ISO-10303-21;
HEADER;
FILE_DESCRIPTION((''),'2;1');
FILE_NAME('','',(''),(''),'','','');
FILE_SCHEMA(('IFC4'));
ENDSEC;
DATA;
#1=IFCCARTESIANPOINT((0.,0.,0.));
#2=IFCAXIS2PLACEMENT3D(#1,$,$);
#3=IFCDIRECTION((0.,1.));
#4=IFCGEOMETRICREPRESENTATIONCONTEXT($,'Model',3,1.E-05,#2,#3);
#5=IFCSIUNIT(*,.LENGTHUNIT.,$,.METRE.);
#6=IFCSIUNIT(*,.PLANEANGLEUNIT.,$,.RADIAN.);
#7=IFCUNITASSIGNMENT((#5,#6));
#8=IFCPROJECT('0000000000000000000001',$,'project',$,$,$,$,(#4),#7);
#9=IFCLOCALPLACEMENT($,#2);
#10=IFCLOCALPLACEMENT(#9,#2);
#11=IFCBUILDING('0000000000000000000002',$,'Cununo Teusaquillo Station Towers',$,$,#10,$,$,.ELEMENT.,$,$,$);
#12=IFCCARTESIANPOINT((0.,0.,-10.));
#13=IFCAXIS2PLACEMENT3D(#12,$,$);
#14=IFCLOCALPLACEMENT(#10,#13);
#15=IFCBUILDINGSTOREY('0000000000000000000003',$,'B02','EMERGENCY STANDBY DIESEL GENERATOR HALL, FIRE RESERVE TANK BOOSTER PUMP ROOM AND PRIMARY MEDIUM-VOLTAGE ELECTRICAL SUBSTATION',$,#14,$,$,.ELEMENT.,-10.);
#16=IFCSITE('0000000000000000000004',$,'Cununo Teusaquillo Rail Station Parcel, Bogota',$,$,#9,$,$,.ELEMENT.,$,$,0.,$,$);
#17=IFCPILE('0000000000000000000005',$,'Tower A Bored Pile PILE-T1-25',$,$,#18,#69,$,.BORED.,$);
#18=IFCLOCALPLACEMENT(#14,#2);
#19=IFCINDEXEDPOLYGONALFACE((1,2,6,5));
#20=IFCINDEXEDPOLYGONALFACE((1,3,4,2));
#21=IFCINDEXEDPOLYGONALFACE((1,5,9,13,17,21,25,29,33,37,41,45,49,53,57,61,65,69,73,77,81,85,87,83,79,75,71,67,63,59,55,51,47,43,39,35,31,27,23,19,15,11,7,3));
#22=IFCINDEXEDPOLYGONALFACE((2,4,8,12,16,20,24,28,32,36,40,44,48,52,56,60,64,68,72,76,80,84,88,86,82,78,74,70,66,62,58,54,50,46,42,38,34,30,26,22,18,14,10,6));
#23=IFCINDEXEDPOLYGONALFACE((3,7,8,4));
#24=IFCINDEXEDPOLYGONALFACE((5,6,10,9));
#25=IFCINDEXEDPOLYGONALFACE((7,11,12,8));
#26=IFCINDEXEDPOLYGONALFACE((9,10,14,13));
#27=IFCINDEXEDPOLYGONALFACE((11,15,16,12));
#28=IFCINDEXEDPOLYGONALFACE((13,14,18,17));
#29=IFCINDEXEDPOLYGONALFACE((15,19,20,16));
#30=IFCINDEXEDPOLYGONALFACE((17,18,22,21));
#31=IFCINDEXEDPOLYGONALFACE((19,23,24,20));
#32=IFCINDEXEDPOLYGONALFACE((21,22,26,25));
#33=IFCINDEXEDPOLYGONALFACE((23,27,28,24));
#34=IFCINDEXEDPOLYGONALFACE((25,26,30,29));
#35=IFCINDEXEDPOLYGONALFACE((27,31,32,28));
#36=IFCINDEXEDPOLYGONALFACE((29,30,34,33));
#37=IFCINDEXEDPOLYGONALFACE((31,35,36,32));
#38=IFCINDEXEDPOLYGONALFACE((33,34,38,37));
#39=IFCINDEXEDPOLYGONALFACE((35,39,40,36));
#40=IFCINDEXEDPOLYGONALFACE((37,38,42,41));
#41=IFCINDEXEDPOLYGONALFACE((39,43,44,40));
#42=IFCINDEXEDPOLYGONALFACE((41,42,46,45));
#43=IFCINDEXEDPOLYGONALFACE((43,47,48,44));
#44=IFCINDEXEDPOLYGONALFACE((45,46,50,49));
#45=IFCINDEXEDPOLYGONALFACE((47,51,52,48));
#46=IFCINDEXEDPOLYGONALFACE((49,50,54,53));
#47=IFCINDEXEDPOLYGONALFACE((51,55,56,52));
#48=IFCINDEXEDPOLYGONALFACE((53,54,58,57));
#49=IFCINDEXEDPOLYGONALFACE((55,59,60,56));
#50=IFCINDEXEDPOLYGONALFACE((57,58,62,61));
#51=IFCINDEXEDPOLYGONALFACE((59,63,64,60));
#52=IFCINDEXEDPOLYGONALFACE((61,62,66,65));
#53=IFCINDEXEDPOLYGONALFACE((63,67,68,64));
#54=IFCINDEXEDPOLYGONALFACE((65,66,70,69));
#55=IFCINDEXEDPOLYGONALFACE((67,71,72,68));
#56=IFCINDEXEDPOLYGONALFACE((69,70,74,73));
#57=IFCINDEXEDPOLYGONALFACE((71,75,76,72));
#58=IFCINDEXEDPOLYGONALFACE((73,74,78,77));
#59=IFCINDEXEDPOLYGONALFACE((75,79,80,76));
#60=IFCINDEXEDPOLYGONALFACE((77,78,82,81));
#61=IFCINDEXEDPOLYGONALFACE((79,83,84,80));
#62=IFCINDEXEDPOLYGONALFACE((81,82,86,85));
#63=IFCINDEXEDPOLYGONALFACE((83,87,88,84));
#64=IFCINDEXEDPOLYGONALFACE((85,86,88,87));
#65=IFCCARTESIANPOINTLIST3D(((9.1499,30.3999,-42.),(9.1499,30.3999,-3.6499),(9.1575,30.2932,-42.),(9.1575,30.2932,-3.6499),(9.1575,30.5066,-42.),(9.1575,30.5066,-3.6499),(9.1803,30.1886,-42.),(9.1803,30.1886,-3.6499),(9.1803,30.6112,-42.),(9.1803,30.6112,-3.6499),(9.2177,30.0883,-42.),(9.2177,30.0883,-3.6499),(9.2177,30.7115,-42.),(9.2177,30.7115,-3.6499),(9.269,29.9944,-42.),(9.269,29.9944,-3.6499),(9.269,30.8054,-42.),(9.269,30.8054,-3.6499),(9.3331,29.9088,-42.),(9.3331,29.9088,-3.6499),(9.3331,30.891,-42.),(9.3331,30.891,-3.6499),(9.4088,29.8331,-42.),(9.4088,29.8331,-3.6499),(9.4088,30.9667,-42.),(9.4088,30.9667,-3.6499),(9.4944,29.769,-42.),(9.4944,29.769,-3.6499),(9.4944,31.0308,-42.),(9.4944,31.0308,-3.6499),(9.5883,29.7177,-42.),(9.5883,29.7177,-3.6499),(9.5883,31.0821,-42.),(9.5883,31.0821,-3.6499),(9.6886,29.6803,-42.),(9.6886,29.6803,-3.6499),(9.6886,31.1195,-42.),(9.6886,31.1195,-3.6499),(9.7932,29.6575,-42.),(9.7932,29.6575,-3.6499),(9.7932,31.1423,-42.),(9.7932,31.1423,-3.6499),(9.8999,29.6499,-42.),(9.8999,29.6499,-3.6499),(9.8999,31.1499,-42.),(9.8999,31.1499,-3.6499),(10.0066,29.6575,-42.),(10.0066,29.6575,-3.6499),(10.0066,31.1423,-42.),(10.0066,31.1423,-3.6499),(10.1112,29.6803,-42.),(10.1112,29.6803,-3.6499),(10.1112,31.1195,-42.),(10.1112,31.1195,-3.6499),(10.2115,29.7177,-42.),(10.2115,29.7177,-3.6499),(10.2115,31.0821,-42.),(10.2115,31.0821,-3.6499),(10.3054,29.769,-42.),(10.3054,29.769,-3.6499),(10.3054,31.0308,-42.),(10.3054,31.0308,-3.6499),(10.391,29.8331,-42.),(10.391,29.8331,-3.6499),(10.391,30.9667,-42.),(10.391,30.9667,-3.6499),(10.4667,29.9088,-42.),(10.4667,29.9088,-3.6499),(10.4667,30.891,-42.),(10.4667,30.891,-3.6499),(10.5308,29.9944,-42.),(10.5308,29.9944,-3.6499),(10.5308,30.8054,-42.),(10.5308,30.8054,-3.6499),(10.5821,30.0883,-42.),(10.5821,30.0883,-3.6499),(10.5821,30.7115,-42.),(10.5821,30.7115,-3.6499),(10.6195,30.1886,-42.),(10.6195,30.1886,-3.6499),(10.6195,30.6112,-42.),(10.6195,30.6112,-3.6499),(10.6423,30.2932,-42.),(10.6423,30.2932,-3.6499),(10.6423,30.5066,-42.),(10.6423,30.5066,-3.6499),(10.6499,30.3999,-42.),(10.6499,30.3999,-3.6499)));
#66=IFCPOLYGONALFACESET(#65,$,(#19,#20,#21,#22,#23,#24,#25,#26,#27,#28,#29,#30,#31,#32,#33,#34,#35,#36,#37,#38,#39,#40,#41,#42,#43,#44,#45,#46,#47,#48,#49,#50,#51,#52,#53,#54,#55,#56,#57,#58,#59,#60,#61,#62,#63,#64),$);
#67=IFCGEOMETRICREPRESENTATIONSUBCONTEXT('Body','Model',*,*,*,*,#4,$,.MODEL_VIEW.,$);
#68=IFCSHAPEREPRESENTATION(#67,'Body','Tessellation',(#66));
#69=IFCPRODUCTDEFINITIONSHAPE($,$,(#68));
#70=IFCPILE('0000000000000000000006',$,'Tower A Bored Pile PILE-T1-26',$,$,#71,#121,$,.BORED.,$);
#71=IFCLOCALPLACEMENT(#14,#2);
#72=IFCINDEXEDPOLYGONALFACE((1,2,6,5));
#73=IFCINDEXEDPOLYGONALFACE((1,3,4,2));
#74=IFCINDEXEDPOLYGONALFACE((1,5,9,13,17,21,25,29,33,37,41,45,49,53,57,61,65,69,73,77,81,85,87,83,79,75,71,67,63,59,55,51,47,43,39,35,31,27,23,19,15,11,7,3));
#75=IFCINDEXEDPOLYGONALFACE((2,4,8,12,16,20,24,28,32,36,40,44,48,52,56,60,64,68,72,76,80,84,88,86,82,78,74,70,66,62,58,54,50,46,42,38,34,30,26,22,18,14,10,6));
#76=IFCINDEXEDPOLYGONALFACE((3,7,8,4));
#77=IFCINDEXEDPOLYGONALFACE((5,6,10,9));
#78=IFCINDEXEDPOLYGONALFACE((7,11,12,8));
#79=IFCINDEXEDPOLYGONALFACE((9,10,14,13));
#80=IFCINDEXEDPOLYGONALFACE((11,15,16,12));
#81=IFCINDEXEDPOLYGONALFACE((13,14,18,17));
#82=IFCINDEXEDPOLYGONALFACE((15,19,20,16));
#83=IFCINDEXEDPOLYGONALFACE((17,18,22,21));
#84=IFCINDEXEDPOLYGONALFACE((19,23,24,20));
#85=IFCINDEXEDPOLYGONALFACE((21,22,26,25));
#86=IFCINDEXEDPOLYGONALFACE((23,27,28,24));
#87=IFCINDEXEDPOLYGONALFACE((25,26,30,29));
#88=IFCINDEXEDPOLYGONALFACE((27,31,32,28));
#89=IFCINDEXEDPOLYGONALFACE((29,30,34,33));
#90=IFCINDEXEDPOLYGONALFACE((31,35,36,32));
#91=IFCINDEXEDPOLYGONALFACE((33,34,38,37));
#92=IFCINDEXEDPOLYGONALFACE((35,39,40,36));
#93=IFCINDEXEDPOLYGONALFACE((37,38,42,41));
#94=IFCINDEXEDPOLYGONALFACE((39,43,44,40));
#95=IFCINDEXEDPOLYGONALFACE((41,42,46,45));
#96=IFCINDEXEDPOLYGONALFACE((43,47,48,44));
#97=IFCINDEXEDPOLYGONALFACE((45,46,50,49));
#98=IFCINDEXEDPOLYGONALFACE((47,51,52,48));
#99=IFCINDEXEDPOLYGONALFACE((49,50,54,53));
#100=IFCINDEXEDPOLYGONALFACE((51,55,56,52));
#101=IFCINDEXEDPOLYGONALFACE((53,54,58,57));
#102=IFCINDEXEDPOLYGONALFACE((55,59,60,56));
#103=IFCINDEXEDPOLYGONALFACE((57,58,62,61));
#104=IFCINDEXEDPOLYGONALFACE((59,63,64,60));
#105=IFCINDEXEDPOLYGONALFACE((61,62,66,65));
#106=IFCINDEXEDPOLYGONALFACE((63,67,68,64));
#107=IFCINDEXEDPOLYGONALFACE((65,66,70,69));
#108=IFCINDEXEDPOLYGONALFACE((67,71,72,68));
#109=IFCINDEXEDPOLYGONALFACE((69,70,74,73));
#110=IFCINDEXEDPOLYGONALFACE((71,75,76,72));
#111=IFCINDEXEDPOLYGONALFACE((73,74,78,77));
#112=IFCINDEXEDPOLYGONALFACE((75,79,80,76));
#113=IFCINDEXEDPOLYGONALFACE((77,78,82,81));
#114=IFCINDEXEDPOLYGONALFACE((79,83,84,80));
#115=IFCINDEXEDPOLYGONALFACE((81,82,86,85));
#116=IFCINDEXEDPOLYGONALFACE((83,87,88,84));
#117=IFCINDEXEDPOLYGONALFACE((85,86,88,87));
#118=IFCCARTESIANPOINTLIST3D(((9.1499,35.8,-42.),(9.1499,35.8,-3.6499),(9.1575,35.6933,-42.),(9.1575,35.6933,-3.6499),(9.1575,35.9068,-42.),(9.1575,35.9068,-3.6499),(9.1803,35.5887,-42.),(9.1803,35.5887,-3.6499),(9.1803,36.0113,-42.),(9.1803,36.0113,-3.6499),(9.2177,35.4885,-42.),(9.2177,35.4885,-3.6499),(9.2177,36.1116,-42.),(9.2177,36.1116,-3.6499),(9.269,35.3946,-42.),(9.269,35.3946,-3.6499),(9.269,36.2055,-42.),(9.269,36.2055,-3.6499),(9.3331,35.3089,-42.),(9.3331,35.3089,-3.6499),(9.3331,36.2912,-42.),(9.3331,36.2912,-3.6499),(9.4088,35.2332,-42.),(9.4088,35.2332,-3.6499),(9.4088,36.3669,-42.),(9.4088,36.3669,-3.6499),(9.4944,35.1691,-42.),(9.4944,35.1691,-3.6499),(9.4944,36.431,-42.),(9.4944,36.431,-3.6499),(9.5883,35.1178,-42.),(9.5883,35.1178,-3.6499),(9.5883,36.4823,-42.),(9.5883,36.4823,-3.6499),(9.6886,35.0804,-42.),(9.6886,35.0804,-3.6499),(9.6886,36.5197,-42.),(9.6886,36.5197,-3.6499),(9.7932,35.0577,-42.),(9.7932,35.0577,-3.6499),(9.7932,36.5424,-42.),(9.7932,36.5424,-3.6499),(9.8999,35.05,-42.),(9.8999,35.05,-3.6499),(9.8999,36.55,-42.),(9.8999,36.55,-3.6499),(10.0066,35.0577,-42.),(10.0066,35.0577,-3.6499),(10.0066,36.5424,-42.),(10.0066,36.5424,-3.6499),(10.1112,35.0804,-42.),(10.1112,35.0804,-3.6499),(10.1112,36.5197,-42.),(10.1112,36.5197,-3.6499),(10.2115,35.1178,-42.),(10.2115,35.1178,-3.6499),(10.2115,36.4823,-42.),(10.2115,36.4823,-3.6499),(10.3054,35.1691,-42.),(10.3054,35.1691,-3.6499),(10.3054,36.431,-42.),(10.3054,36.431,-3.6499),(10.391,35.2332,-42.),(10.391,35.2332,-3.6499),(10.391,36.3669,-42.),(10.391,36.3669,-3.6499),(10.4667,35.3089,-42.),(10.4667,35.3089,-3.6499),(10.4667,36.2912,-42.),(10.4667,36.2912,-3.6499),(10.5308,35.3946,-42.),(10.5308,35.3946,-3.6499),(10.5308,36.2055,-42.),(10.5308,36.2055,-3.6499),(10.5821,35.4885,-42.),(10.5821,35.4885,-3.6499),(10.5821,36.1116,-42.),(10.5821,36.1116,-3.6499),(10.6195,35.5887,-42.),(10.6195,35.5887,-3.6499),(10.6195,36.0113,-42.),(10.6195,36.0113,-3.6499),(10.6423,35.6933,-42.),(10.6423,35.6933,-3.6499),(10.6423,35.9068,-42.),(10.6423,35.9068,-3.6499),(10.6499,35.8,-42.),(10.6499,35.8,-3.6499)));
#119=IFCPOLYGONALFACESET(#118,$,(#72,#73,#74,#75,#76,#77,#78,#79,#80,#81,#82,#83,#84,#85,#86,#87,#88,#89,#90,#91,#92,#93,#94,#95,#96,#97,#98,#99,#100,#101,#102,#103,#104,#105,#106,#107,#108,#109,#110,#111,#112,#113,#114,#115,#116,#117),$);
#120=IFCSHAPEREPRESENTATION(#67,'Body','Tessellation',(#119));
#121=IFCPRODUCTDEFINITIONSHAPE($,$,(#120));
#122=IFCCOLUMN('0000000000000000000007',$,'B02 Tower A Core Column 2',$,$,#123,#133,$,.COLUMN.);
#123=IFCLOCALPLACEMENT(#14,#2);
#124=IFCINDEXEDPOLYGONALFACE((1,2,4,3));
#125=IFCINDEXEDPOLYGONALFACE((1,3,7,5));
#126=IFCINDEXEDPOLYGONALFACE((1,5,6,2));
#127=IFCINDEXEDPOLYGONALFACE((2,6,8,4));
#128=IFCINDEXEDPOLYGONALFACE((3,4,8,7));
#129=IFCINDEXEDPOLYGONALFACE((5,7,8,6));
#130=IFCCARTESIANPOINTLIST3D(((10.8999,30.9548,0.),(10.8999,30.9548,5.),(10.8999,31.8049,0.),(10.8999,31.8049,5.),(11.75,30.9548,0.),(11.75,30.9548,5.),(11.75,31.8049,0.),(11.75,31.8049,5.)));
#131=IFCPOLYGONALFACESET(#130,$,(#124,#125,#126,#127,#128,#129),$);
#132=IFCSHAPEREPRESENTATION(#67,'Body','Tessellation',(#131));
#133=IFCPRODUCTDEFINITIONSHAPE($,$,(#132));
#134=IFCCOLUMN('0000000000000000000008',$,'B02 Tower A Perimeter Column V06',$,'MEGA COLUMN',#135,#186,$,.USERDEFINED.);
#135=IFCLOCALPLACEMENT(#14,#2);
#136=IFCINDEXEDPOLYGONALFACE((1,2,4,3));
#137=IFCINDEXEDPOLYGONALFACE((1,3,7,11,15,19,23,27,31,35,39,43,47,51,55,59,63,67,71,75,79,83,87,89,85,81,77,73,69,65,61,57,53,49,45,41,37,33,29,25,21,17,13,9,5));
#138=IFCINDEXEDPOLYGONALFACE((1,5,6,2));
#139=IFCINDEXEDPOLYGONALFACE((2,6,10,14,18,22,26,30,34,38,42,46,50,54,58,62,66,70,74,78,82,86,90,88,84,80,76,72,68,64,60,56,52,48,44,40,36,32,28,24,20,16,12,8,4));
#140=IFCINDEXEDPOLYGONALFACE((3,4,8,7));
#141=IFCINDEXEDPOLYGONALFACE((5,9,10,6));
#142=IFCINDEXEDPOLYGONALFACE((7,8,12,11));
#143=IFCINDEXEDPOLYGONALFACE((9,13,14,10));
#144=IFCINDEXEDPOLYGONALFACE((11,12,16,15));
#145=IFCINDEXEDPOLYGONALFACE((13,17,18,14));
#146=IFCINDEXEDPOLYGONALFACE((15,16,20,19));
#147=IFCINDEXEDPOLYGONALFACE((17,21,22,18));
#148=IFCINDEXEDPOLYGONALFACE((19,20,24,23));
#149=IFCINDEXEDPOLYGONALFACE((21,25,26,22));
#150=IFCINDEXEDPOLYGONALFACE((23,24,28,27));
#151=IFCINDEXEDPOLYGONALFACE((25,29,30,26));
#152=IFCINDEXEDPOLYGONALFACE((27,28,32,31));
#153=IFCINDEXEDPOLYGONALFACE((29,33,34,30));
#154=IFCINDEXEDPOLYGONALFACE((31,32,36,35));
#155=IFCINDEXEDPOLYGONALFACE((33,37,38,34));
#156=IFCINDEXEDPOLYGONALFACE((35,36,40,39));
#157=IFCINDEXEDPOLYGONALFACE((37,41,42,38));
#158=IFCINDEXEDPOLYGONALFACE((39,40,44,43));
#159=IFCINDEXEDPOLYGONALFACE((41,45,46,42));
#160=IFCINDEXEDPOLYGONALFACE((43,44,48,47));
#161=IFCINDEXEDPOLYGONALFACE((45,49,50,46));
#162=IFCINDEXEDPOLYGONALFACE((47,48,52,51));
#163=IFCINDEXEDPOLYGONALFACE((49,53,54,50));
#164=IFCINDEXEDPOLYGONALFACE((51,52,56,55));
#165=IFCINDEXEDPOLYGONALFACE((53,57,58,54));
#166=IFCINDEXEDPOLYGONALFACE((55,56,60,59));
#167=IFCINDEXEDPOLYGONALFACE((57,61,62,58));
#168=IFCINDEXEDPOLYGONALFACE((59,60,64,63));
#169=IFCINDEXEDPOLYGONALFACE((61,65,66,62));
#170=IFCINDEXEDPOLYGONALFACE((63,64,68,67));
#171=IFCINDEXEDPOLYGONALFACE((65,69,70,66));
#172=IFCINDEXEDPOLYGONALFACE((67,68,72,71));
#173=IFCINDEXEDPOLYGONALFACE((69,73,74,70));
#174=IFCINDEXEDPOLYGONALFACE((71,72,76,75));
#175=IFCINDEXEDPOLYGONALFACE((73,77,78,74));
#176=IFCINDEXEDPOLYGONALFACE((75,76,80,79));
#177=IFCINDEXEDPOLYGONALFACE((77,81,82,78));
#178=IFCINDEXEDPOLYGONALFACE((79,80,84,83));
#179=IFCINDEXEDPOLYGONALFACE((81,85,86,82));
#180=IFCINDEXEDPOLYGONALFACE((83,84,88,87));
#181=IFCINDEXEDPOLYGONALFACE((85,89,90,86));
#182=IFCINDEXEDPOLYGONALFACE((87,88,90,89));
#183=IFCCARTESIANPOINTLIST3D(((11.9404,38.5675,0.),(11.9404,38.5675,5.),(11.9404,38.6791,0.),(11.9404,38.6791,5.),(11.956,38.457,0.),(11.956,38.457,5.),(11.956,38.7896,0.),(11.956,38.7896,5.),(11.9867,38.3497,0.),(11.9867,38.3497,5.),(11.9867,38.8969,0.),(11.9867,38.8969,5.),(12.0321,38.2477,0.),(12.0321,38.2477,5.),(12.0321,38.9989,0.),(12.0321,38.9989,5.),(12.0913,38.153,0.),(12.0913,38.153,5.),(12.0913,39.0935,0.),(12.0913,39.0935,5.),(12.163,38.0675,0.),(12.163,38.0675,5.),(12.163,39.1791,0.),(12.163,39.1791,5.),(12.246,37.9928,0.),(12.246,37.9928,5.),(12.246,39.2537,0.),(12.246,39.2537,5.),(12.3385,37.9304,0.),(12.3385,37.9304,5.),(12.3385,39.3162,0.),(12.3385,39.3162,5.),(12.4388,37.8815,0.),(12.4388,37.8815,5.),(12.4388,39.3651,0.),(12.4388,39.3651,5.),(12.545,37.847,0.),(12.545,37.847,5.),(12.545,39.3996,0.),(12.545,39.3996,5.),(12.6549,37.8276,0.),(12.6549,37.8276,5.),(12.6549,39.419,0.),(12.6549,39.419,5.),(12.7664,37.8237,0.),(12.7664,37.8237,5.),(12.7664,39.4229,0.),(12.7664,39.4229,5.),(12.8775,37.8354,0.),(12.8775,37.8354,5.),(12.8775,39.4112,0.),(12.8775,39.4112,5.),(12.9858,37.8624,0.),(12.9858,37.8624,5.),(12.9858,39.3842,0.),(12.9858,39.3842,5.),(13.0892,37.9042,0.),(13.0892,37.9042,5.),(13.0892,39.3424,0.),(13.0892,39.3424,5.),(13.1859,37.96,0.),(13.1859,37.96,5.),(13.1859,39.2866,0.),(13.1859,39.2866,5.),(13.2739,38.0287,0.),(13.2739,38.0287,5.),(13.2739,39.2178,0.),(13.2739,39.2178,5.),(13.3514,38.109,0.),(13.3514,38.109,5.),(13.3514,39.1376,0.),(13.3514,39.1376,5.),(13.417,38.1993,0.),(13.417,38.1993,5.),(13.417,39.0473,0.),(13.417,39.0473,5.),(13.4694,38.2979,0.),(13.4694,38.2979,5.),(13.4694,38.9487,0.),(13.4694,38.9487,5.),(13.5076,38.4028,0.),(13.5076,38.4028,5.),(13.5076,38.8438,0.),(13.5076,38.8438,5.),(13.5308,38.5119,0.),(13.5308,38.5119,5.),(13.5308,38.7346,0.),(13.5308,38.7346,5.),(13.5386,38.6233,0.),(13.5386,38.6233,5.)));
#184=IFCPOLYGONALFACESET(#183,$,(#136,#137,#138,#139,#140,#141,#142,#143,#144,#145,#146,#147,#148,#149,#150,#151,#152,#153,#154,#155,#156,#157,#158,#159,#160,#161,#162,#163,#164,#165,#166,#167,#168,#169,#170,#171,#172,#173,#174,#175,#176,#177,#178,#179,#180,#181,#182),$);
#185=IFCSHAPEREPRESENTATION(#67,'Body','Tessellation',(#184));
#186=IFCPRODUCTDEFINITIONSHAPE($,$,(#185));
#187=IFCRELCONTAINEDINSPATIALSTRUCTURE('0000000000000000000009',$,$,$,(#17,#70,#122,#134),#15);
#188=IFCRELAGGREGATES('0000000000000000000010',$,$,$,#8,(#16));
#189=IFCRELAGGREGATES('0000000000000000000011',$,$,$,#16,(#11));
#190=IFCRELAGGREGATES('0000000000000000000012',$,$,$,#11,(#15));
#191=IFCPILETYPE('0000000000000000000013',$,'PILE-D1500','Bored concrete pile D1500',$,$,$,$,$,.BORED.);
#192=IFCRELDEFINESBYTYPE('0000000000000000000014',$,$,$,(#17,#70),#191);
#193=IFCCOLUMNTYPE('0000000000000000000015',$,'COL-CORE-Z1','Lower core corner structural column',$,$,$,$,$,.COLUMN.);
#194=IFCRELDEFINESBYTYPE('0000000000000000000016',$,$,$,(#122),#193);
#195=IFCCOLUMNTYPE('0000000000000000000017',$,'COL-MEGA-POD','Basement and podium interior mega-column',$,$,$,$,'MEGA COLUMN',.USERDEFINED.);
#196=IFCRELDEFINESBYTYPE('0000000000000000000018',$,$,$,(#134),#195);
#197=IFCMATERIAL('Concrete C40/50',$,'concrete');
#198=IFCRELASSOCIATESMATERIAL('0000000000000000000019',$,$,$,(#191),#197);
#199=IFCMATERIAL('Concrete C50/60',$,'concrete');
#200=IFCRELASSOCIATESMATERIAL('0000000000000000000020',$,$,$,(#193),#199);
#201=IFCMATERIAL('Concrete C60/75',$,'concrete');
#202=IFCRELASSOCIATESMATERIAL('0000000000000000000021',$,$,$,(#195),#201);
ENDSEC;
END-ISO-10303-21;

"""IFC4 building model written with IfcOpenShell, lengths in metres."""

from ifc_helpers import new_model, si_unit, direction, frame, origin, origin_2d, place, context, subcontext, project, spatial, rectangle, circle, extrude, material, material_profile, profile_set, type_object, element, save


model = new_model("IFC4")

# Units and contexts
model_context = context("Model", 3, precision=1e-05, world=origin(), true_north=direction((0.0, 1.0)))
body_context = subcontext(model_context, "Body", "Model", "MODEL_VIEW")
ifc_project = project(units=[si_unit("LENGTHUNIT", "METRE"), si_unit("PLANEANGLEUNIT", "RADIAN")], contexts=[model_context])

# Site, building, storey
site_placement = place(None, origin())
site = spatial("IfcSite", under=ifc_project, at=site_placement, Name="Cununo Teusaquillo Rail Station Parcel, Bogota", CompositionType="ELEMENT", RefElevation=0.0)
building_placement = place(site_placement, origin())
building = spatial("IfcBuilding", under=site, at=building_placement, Name="Cununo Teusaquillo Station Towers", CompositionType="ELEMENT")
storey_placement = place(building_placement, frame((0.0, 0.0, -10.0)))
storey = spatial("IfcBuildingStorey", under=building, at=storey_placement, Name="B02", Description="EMERGENCY STANDBY DIESEL GENERATOR HALL, FIRE RESERVE TANK BOOSTER PUMP ROOM AND PRIMARY MEDIUM-VOLTAGE ELECTRICAL SUBSTATION", CompositionType="ELEMENT", Elevation=-10.0)

# Piles
ifc_material_1 = material(Name="Concrete C40/50", Category="concrete")
ifc_material_profile_1 = material_profile(ifc_material_1, circle(Radius=0.75, at=origin_2d()), Name="PILE-BORED-1500")
ifc_profile_set_1 = profile_set([ifc_material_profile_1], Name="Concrete C40/50")
pile_type = type_object("IfcPileType", Name="PILE-D1500", Description="Bored concrete pile D1500", PredefinedType="BORED", material=ifc_profile_set_1)
for number, where, z_axis, x_axis, name in (
    (1, (9.8999, 30.3999, -3.6499), (0.0, 0.0, -1.0), (1.0, 0.0, 0.0), "Tower A Bored Pile PILE-T1-25"),
    (2, (9.8999, 35.8, -3.6499), (0.0, 0.0, -1.0), (1.0, 0.0, 0.0), "Tower A Bored Pile PILE-T1-26"),
):
    element("IfcPile", number, at=place(storey_placement, frame(where, z_axis=z_axis, x_axis=x_axis)), inside=storey, type_object=pile_type, Name=name, PredefinedType="BORED", context=body_context, shape_type="SweptSolid", body=[
        extrude(circle(Radius=0.75, at=origin_2d()), origin(), (0.0, 0.0, 1.0), 38.3501),
    ])

# Columns
ifc_material_2 = material(Name="Concrete C50/60", Category="concrete")
ifc_material_profile_2 = material_profile(ifc_material_2, rectangle(XDim=0.8501, YDim=0.8501, at=origin_2d()), Name="RC-RECT-850x850")
ifc_profile_set_2 = profile_set([ifc_material_profile_2], Name="Concrete C50/60")
column_type_1 = type_object("IfcColumnType", Name="COL-CORE-Z1", Description="Lower core corner structural column", PredefinedType="COLUMN", material=ifc_profile_set_2)
column_1_placement = place(storey_placement, frame((11.325, 31.3799, 0.0), z_axis=(0.0, 0.0, 1.0), x_axis=(1.0, 0.0, 0.0)))
element("IfcColumn", 3, at=column_1_placement, inside=storey, type_object=column_type_1, Name="B02 Tower A Core Column 2", PredefinedType="COLUMN", context=body_context, shape_type="SweptSolid", body=[
    extrude(rectangle(XDim=0.8501, YDim=0.8501, at=origin_2d()), origin(), (0.0, 0.0, 1.0), 5.0),
])
ifc_material_3 = material(Name="Concrete C60/75", Category="concrete")
ifc_material_profile_3 = material_profile(ifc_material_3, circle(Radius=0.8, at=origin_2d()), Name="RC-CIRC-1600")
ifc_profile_set_3 = profile_set([ifc_material_profile_3], Name="Concrete C60/75")
column_type_2 = type_object("IfcColumnType", Name="COL-MEGA-POD", Description="Basement and podium interior mega-column", ElementType="MEGA COLUMN", PredefinedType="USERDEFINED", material=ifc_profile_set_3)
column_2_placement = place(storey_placement, frame((12.7385, 38.6233, 0.0), z_axis=(0.0, 0.0, 1.0), x_axis=(1.0, 0.0, 0.0)))
element("IfcColumn", 4, at=column_2_placement, inside=storey, type_object=column_type_2, Name="B02 Tower A Perimeter Column V06", ObjectType="MEGA COLUMN", PredefinedType="USERDEFINED", context=body_context, shape_type="SweptSolid", body=[
    extrude(circle(Radius=0.8, at=origin_2d()), origin(), (0.0, 0.0, 1.0), 5.0),
])

save(model, "model.ifc")
